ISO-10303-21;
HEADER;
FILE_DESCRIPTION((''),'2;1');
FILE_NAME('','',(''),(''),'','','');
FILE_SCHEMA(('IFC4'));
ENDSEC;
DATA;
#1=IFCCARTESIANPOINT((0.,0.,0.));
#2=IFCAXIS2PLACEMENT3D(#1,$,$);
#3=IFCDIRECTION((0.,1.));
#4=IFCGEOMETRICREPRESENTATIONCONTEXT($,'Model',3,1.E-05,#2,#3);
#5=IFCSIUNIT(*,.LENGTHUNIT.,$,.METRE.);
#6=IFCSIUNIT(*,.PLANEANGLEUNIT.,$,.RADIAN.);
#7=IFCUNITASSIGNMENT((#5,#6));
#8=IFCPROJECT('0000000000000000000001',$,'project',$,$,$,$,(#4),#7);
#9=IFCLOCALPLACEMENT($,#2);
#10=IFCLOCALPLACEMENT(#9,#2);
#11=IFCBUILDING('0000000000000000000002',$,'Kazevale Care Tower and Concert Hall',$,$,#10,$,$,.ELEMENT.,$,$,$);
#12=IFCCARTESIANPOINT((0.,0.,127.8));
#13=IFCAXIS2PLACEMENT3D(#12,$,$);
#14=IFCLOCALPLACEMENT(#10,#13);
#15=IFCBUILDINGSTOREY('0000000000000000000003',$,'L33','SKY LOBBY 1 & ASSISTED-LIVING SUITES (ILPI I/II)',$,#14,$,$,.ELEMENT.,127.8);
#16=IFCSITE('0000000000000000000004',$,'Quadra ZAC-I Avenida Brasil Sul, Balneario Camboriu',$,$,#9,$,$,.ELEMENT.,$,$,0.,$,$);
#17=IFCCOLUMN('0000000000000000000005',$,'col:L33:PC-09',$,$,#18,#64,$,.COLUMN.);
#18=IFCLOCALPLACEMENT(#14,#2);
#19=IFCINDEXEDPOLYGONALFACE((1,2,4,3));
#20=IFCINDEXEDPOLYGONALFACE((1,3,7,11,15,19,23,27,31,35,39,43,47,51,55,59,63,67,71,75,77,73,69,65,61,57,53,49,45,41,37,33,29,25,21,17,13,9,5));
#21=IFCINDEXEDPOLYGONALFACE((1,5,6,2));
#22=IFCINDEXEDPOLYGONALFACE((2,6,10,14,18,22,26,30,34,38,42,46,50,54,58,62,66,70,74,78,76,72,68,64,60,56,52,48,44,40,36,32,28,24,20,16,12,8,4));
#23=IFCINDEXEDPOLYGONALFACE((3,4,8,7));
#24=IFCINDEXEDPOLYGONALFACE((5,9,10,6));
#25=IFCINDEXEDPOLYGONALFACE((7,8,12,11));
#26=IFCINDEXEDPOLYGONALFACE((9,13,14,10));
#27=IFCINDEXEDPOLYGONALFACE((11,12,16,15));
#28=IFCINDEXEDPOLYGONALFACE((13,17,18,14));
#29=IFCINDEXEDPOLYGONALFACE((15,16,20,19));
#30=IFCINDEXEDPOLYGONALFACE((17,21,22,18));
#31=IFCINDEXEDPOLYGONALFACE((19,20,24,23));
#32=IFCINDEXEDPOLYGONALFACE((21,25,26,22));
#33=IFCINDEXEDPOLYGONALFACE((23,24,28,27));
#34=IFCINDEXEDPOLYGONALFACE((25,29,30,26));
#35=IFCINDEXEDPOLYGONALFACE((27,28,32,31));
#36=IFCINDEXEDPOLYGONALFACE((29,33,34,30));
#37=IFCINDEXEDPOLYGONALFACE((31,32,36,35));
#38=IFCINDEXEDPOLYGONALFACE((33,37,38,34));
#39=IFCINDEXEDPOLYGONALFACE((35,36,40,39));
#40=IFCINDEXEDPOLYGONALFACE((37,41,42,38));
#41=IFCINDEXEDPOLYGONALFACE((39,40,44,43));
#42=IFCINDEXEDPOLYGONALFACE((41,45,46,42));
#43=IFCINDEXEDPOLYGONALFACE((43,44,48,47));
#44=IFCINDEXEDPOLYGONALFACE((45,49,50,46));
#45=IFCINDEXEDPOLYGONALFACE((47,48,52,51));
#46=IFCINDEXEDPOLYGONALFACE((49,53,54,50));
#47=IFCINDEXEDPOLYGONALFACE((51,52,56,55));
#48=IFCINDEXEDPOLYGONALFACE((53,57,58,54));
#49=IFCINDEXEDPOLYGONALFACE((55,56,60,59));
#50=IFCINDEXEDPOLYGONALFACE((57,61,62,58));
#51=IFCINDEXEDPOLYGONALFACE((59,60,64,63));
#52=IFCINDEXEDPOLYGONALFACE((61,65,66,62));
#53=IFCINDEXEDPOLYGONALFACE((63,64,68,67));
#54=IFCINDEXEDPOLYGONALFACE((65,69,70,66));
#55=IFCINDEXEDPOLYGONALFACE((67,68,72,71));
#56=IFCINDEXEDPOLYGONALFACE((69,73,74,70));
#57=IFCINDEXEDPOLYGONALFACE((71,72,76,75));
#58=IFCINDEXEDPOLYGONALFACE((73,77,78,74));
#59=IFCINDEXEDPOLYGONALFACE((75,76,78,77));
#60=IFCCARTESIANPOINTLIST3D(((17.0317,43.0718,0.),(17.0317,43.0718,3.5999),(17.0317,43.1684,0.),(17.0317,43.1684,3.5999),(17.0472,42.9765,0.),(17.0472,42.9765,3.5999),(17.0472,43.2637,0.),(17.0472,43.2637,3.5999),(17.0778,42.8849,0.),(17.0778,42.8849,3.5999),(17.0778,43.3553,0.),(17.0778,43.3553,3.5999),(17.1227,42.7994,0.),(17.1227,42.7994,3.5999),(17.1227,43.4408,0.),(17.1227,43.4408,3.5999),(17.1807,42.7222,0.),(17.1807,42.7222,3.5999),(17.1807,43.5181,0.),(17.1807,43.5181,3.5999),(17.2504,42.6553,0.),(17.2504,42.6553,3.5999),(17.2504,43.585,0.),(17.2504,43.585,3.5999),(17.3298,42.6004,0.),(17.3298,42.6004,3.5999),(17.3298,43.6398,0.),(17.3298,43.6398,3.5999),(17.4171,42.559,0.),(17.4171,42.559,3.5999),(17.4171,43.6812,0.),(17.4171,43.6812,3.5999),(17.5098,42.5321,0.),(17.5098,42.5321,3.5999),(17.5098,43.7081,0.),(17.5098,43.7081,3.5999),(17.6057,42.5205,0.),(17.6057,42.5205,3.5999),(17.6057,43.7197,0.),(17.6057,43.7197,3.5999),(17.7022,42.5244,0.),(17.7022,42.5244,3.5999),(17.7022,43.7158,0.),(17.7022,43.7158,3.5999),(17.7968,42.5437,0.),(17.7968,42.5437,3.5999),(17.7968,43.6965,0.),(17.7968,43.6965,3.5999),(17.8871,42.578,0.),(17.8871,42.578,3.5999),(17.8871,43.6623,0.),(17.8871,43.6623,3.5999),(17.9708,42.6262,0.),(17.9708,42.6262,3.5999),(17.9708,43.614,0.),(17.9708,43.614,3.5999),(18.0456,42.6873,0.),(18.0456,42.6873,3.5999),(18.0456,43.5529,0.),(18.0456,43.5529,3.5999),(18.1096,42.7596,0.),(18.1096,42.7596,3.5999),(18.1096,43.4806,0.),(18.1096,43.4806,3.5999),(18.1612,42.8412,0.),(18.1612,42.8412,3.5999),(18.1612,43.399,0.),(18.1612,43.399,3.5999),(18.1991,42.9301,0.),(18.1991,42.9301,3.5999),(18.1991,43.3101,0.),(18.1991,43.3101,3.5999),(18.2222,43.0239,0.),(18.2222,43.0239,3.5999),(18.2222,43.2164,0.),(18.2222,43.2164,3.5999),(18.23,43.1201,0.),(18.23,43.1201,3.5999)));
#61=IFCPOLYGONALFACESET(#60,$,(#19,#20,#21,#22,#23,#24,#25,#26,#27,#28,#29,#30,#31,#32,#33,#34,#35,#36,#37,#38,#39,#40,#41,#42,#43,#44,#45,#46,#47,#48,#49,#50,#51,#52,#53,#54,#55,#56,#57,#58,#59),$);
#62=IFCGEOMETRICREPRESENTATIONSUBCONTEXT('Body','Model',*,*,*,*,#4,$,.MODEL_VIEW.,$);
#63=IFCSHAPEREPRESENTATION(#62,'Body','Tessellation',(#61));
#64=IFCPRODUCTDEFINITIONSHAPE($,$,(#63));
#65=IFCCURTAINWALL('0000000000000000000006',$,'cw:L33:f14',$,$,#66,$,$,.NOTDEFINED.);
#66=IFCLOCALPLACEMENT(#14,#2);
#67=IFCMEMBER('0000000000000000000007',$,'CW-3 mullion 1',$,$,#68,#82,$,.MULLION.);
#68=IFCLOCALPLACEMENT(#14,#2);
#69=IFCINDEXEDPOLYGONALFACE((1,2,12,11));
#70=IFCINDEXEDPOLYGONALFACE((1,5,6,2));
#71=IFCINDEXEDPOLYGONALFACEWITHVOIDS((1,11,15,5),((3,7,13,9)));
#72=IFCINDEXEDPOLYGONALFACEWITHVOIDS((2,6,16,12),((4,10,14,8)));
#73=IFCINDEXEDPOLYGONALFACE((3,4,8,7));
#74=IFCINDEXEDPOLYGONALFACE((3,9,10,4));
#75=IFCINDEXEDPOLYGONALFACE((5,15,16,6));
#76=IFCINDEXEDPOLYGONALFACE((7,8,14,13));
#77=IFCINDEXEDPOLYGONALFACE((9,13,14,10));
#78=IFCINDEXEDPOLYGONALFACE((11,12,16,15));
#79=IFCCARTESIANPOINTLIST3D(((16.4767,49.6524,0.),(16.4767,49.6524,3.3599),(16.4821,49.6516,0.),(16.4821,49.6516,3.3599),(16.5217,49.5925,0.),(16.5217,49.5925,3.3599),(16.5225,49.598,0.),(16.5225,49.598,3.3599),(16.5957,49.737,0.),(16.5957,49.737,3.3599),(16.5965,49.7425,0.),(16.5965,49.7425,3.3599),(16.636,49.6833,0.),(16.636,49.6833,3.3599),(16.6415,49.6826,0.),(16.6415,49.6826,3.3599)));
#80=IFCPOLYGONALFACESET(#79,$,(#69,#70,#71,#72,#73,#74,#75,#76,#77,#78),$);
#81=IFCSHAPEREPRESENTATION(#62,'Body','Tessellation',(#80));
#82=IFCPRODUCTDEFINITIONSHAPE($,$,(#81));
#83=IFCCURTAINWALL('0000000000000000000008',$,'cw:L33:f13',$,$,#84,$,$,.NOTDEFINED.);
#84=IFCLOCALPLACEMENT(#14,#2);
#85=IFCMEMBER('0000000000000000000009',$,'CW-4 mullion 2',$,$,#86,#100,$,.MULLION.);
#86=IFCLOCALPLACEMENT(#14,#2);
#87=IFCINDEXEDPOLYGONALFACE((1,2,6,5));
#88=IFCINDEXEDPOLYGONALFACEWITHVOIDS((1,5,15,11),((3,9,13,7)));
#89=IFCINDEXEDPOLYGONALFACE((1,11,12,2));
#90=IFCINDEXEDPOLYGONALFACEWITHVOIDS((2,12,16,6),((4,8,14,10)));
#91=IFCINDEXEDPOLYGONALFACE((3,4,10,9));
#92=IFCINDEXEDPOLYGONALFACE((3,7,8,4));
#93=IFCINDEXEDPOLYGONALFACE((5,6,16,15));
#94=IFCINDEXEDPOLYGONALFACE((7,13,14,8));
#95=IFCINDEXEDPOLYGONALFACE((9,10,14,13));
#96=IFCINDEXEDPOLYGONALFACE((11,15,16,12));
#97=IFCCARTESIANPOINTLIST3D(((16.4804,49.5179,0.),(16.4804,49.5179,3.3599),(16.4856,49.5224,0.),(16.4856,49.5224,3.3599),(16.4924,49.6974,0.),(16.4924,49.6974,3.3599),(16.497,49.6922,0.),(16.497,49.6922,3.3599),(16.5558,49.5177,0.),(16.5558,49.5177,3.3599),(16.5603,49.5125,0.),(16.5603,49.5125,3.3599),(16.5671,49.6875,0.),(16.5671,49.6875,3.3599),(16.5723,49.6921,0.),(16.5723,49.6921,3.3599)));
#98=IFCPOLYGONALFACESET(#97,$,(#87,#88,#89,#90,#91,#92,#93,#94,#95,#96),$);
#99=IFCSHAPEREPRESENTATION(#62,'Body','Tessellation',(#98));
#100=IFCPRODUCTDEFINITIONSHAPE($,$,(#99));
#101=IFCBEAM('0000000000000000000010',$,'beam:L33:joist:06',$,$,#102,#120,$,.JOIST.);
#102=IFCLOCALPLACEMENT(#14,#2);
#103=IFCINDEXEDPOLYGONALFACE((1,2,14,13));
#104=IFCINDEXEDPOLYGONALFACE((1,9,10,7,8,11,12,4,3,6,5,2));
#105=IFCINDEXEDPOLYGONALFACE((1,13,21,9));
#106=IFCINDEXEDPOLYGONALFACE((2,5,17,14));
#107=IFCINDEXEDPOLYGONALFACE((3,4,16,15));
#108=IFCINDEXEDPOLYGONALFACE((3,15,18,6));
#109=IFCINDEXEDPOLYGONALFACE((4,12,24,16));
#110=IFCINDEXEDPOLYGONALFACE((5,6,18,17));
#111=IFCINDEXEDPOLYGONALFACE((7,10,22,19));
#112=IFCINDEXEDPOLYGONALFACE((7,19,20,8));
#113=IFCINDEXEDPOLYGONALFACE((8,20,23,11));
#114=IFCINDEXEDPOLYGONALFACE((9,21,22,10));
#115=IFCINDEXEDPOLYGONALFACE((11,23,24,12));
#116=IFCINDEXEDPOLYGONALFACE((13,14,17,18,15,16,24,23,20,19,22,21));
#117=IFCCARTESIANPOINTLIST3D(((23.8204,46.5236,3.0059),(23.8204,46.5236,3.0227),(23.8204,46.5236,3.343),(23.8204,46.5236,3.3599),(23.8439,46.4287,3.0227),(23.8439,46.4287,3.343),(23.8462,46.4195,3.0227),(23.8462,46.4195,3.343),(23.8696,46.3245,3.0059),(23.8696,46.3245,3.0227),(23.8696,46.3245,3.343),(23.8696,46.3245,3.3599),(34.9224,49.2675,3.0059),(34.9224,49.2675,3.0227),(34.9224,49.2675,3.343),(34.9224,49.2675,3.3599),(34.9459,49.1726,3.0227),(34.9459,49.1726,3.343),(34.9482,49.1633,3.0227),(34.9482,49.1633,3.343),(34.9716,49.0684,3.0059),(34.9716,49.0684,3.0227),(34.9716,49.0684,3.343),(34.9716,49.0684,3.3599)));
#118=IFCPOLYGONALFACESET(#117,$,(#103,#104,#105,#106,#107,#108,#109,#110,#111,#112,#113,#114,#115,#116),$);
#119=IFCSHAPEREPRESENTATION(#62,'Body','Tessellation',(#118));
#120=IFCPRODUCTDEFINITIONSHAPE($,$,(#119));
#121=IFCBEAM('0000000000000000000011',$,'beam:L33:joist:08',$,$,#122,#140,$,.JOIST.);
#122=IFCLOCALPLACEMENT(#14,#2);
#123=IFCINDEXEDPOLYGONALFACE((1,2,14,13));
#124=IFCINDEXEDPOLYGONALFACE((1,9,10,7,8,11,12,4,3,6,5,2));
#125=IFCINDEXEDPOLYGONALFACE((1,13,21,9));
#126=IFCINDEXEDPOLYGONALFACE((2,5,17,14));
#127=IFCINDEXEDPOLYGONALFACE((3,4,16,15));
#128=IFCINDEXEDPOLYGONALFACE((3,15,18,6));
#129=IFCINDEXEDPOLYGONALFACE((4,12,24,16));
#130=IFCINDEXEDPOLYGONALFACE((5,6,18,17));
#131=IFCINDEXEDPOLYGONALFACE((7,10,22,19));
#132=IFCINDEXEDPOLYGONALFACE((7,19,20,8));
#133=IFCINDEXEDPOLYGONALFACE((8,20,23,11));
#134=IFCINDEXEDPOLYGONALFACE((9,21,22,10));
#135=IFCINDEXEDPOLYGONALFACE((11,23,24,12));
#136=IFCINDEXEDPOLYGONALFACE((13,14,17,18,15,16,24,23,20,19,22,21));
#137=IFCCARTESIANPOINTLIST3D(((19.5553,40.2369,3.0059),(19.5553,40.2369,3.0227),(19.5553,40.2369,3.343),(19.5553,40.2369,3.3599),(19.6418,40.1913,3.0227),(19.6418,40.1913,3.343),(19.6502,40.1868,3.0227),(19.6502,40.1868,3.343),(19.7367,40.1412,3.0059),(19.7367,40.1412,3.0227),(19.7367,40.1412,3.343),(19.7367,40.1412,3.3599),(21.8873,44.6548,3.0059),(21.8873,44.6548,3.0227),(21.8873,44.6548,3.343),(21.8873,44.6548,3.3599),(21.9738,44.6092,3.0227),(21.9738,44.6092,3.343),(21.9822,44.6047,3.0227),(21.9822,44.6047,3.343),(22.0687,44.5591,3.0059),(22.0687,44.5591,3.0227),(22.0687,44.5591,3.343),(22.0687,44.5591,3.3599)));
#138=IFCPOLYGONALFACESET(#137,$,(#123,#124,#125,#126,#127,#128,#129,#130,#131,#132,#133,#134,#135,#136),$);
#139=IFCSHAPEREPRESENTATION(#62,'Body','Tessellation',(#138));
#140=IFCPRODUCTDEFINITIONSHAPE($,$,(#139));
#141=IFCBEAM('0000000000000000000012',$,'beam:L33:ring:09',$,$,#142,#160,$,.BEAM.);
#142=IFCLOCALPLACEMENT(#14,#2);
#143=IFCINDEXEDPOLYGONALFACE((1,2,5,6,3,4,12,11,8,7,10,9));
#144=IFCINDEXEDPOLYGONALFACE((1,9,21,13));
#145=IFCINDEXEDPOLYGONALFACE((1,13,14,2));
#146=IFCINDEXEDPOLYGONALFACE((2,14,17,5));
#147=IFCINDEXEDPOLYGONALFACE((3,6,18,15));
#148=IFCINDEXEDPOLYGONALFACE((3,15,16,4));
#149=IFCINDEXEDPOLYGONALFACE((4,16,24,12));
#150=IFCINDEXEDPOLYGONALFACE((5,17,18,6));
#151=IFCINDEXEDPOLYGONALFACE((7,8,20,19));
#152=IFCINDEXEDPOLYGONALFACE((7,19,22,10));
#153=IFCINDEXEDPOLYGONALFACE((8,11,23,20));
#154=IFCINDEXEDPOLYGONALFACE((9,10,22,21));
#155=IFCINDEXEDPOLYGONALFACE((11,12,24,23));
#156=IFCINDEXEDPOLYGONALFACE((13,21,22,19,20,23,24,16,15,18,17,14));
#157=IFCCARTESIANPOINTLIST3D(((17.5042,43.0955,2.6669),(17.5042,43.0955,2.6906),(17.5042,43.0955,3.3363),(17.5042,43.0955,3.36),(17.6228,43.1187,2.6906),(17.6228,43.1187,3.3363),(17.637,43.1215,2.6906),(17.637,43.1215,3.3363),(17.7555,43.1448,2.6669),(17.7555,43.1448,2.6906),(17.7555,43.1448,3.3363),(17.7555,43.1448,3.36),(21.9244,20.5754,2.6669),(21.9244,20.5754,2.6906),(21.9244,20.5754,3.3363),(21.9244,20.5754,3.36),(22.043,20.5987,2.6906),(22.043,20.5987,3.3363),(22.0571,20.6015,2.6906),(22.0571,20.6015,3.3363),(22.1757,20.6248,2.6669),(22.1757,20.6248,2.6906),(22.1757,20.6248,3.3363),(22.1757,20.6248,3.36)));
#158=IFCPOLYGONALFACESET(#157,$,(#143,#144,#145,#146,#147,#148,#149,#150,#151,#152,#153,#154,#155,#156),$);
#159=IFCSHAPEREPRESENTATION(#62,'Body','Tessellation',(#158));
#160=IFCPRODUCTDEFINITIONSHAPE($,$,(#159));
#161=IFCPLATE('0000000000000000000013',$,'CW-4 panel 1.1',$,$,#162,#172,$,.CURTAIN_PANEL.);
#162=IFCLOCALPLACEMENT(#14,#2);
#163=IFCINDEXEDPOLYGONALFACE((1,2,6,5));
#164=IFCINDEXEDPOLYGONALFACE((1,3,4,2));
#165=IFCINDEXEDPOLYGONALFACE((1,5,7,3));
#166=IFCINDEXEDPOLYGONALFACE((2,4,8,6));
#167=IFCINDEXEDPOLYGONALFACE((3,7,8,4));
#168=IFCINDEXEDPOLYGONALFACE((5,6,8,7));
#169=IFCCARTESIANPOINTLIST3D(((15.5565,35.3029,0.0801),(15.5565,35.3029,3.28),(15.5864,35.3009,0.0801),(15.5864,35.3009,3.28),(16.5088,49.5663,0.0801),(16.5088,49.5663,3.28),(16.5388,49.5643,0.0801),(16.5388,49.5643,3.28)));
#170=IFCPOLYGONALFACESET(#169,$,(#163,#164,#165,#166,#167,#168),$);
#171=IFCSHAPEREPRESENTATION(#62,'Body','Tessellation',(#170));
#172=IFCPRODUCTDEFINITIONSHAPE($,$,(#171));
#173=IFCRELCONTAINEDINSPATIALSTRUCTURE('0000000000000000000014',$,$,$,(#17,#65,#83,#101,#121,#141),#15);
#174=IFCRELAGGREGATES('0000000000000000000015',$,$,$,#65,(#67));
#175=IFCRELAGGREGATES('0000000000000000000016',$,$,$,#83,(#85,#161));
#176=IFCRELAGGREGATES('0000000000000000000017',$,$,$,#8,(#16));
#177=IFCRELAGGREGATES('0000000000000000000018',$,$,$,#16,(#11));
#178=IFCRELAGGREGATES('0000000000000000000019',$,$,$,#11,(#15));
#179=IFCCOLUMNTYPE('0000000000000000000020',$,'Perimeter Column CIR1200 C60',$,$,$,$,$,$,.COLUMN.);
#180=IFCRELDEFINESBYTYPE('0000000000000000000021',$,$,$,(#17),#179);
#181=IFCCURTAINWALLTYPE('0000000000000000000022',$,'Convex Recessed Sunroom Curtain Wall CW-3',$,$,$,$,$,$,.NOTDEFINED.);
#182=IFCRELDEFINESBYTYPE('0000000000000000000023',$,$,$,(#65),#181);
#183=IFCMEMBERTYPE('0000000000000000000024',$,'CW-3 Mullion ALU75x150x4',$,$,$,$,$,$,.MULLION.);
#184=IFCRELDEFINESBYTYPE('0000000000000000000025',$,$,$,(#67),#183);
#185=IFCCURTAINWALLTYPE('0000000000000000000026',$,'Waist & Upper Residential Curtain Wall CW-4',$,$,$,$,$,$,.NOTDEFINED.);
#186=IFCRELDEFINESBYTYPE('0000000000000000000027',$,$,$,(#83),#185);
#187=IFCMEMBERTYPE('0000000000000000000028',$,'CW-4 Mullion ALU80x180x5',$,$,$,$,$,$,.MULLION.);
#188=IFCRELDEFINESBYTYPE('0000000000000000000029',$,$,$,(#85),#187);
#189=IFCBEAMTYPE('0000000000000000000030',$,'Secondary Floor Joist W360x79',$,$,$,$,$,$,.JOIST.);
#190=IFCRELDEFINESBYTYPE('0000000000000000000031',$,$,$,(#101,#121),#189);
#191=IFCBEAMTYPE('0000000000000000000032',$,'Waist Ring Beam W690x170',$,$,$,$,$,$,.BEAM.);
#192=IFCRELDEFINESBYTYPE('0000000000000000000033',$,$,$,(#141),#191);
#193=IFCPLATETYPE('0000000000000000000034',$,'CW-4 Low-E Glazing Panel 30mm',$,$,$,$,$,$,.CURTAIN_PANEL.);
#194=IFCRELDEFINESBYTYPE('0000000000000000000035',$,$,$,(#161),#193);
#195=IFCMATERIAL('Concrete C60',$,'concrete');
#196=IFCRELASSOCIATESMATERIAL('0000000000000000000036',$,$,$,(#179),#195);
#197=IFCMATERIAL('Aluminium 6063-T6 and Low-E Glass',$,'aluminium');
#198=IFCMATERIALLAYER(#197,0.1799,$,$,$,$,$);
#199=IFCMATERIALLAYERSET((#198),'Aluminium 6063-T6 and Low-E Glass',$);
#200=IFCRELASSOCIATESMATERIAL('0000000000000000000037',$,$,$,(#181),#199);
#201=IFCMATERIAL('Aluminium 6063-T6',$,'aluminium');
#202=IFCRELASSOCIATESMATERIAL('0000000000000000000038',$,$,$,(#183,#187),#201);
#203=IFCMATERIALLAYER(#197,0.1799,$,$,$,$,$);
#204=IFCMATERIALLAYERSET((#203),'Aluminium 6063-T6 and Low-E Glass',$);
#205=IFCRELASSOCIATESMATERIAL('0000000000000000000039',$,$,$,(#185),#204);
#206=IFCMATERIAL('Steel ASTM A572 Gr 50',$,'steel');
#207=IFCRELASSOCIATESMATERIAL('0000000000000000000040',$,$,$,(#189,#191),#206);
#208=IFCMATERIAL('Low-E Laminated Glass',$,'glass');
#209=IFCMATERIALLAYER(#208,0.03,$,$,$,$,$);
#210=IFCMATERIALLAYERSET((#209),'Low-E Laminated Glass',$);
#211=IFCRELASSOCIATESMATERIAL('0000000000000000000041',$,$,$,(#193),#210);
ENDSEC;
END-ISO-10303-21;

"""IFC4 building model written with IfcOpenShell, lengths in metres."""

from ifc_helpers import new_model, si_unit, direction, frame, origin, origin_2d, place, context, subcontext, project, spatial, rectangle, hollow_rectangle, circle, i_section, extrude, material, layer, layer_set, material_profile, profile_set, type_object, element, aggregate, save


model = new_model("IFC4")

# Units and contexts
model_context = context("Model", 3, precision=1e-05, world=origin(), true_north=direction((0.0, 1.0)))
body_context = subcontext(model_context, "Body", "Model", "MODEL_VIEW")
ifc_project = project(units=[si_unit("LENGTHUNIT", "METRE"), si_unit("PLANEANGLEUNIT", "RADIAN")], contexts=[model_context])

# Site, building, storey
site_placement = place(None, origin())
site = spatial("IfcSite", under=ifc_project, at=site_placement, Name="Quadra ZAC-I Avenida Brasil Sul, Balneario Camboriu", CompositionType="ELEMENT", RefElevation=0.0)
building_placement = place(site_placement, origin())
building = spatial("IfcBuilding", under=site, at=building_placement, Name="Kazevale Care Tower and Concert Hall", CompositionType="ELEMENT")
storey_placement = place(building_placement, frame((0.0, 0.0, 127.8)))
storey = spatial("IfcBuildingStorey", under=building, at=storey_placement, Name="L33", Description="SKY LOBBY 1 & ASSISTED-LIVING SUITES (ILPI I/II)", CompositionType="ELEMENT", Elevation=127.8)

# Column
ifc_material_1 = material(Name="Concrete C60", Category="concrete")
ifc_material_profile_1 = material_profile(ifc_material_1, circle(Radius=0.6001, at=origin_2d()), Name="RC-CIR1200")
ifc_profile_set_1 = profile_set([ifc_material_profile_1], Name="Concrete C60")
column_type = type_object("IfcColumnType", Name="Perimeter Column CIR1200 C60", PredefinedType="COLUMN", material=ifc_profile_set_1)
column_placement = place(storey_placement, frame((17.6299, 43.1201, 0.0), z_axis=(0.0, 0.0, 1.0), x_axis=(1.0, 0.0, 0.0)))
element("IfcColumn", 1, at=column_placement, inside=storey, type_object=column_type, Name="col:L33:PC-09", PredefinedType="COLUMN", context=body_context, shape_type="SweptSolid", body=[
    extrude(circle(Radius=0.6001, at=origin_2d()), origin(), (0.0, 0.0, 1.0), 3.5999),
])

# Curtain walls, members
ifc_material_2 = material(Name="Aluminium 6063-T6 and Low-E Glass", Category="aluminium")
ifc_layer_1 = layer(ifc_material_2, 0.1799)
ifc_layer_set_1 = layer_set([ifc_layer_1], Name="Aluminium 6063-T6 and Low-E Glass")
curtain_wall_type_1 = type_object("IfcCurtainWallType", Name="Convex Recessed Sunroom Curtain Wall CW-3", PredefinedType="NOTDEFINED", material=ifc_layer_set_1)
curtain_wall_1_placement = place(storey_placement, origin())
curtain_wall_1 = element("IfcCurtainWall", 2, at=curtain_wall_1_placement, inside=storey, type_object=curtain_wall_type_1, Name="cw:L33:f14", PredefinedType="NOTDEFINED")
ifc_material_3 = material(Name="Aluminium 6063-T6", Category="aluminium")
ifc_material_profile_2 = material_profile(ifc_material_3, hollow_rectangle(XDim=0.075, YDim=0.1499, WallThickness=0.0039, at=origin_2d()), Name="ALU75x150x4")
ifc_profile_set_2 = profile_set([ifc_material_profile_2], Name="Aluminium 6063-T6")
member_type_1 = type_object("IfcMemberType", Name="CW-3 Mullion ALU75x150x4", PredefinedType="MULLION", material=ifc_profile_set_2)
member_1_placement = place(storey_placement, frame((16.5591, 49.6675, 0.0), z_axis=(0.0, 0.0, 1.0), x_axis=(-0.600798, 0.799401, 0.0)))
member_1 = element("IfcMember", 3, at=member_1_placement, type_object=member_type_1, Name="CW-3 mullion 1", PredefinedType="MULLION", context=body_context, shape_type="SweptSolid", body=[
    extrude(hollow_rectangle(XDim=0.075, YDim=0.1499, WallThickness=0.0039, at=origin_2d()), origin(), (0.0, 0.0, 1.0), 3.3599),
])
aggregate(curtain_wall_1, [member_1])
ifc_layer_2 = layer(ifc_material_2, 0.1799)
ifc_layer_set_2 = layer_set([ifc_layer_2], Name="Aluminium 6063-T6 and Low-E Glass")
curtain_wall_type_2 = type_object("IfcCurtainWallType", Name="Waist & Upper Residential Curtain Wall CW-4", PredefinedType="NOTDEFINED", material=ifc_layer_set_2)
curtain_wall_2_placement = place(storey_placement, origin())
curtain_wall_2 = element("IfcCurtainWall", 4, at=curtain_wall_2_placement, inside=storey, type_object=curtain_wall_type_2, Name="cw:L33:f13", PredefinedType="NOTDEFINED")
ifc_material_profile_3 = material_profile(ifc_material_3, hollow_rectangle(XDim=0.0801, YDim=0.1799, WallThickness=0.0049, at=origin_2d()), Name="ALU80x180x5")
ifc_profile_set_3 = profile_set([ifc_material_profile_3], Name="Aluminium 6063-T6")
member_type_2 = type_object("IfcMemberType", Name="CW-4 Mullion ALU80x180x5", PredefinedType="MULLION", material=ifc_profile_set_3)
member_2_placement = place(storey_placement, frame((16.5264, 49.605, 0.0), z_axis=(0.0, 0.0, 1.0), x_axis=(-0.997778, 0.06662, 0.0)))
member_2 = element("IfcMember", 5, at=member_2_placement, type_object=member_type_2, Name="CW-4 mullion 2", PredefinedType="MULLION", context=body_context, shape_type="SweptSolid", body=[
    extrude(hollow_rectangle(XDim=0.0801, YDim=0.1799, WallThickness=0.0049, at=origin_2d()), origin(), (0.0, 0.0, 1.0), 3.3599),
])

# Beams
ifc_material_4 = material(Name="Steel ASTM A572 Gr 50", Category="steel")
ifc_material_profile_4 = material_profile(ifc_material_4, i_section(OverallWidth=0.2051, OverallDepth=0.354, WebThickness=0.0095, FlangeThickness=0.0168, at=origin_2d()), Name="W360x79")
ifc_profile_set_4 = profile_set([ifc_material_profile_4], Name="Steel ASTM A572 Gr 50")
beam_type_1 = type_object("IfcBeamType", Name="Secondary Floor Joist W360x79", PredefinedType="JOIST", material=ifc_profile_set_4)
beam_1_placement = place(storey_placement, frame((34.947, 49.168, 3.1829), z_axis=(-0.97079, -0.239933, 0.0), x_axis=(0.239933, -0.97079, 0.0)))
element("IfcBeam", 6, at=beam_1_placement, inside=storey, type_object=beam_type_1, Name="beam:L33:joist:06", PredefinedType="JOIST", context=body_context, shape_type="SweptSolid", body=[
    extrude(i_section(OverallWidth=0.2051, OverallDepth=0.354, WebThickness=0.0095, FlangeThickness=0.0168, at=origin_2d()), origin(), (0.0, 0.0, 1.0), 11.436),
])
beam_2_placement = place(storey_placement, frame((21.978, 44.6069, 3.1829), z_axis=(-0.46681, -0.884358, 0.0), x_axis=(0.884358, -0.46681, 0.0)))
element("IfcBeam", 7, at=beam_2_placement, inside=storey, type_object=beam_type_1, Name="beam:L33:joist:08", PredefinedType="JOIST", context=body_context, shape_type="SweptSolid", body=[
    extrude(i_section(OverallWidth=0.2051, OverallDepth=0.354, WebThickness=0.0095, FlangeThickness=0.0168, at=origin_2d()), origin(), (0.0, 0.0, 1.0), 4.9956),
])
ifc_material_profile_5 = material_profile(ifc_material_4, i_section(OverallWidth=0.2561, OverallDepth=0.6931, WebThickness=0.0144, FlangeThickness=0.0237, at=origin_2d()), Name="W690x170")
ifc_profile_set_5 = profile_set([ifc_material_profile_5], Name="Steel ASTM A572 Gr 50")
beam_type_2 = type_object("IfcBeamType", Name="Waist Ring Beam W690x170", PredefinedType="BEAM", material=ifc_profile_set_5)
beam_3_placement = place(storey_placement, frame((17.6299, 43.1201, 3.0134), z_axis=(0.192602, -0.981277, 0.0), x_axis=(0.981277, 0.192602, 0.0)))
element("IfcBeam", 8, at=beam_3_placement, inside=storey, type_object=beam_type_2, Name="beam:L33:ring:09", PredefinedType="BEAM", context=body_context, shape_type="SweptSolid", body=[
    extrude(i_section(OverallWidth=0.2561, OverallDepth=0.6931, WebThickness=0.0144, FlangeThickness=0.0237, at=origin_2d()), origin(), (0.0, 0.0, 1.0), 22.9497),
])

# Plate
ifc_material_5 = material(Name="Low-E Laminated Glass", Category="glass")
ifc_layer_3 = layer(ifc_material_5, 0.03)
ifc_layer_set_3 = layer_set([ifc_layer_3], Name="Low-E Laminated Glass")
plate_type = type_object("IfcPlateType", Name="CW-4 Low-E Glazing Panel 30mm", PredefinedType="CURTAIN_PANEL", material=ifc_layer_set_3)
plate_placement = place(storey_placement, frame((16.0476, 42.4336, 0.0801), z_axis=(0.0, 0.0, 1.0), x_axis=(0.06662, 0.997778, 0.0)))
plate = element("IfcPlate", 9, at=plate_placement, type_object=plate_type, Name="CW-4 panel 1.1", PredefinedType="CURTAIN_PANEL", context=body_context, shape_type="SweptSolid", body=[
    extrude(rectangle(XDim=14.2952, YDim=0.03, at=origin_2d()), origin(), (0.0, 0.0, 1.0), 3.2),
])
aggregate(curtain_wall_2, [member_2, plate])

save(model, "model.ifc")
